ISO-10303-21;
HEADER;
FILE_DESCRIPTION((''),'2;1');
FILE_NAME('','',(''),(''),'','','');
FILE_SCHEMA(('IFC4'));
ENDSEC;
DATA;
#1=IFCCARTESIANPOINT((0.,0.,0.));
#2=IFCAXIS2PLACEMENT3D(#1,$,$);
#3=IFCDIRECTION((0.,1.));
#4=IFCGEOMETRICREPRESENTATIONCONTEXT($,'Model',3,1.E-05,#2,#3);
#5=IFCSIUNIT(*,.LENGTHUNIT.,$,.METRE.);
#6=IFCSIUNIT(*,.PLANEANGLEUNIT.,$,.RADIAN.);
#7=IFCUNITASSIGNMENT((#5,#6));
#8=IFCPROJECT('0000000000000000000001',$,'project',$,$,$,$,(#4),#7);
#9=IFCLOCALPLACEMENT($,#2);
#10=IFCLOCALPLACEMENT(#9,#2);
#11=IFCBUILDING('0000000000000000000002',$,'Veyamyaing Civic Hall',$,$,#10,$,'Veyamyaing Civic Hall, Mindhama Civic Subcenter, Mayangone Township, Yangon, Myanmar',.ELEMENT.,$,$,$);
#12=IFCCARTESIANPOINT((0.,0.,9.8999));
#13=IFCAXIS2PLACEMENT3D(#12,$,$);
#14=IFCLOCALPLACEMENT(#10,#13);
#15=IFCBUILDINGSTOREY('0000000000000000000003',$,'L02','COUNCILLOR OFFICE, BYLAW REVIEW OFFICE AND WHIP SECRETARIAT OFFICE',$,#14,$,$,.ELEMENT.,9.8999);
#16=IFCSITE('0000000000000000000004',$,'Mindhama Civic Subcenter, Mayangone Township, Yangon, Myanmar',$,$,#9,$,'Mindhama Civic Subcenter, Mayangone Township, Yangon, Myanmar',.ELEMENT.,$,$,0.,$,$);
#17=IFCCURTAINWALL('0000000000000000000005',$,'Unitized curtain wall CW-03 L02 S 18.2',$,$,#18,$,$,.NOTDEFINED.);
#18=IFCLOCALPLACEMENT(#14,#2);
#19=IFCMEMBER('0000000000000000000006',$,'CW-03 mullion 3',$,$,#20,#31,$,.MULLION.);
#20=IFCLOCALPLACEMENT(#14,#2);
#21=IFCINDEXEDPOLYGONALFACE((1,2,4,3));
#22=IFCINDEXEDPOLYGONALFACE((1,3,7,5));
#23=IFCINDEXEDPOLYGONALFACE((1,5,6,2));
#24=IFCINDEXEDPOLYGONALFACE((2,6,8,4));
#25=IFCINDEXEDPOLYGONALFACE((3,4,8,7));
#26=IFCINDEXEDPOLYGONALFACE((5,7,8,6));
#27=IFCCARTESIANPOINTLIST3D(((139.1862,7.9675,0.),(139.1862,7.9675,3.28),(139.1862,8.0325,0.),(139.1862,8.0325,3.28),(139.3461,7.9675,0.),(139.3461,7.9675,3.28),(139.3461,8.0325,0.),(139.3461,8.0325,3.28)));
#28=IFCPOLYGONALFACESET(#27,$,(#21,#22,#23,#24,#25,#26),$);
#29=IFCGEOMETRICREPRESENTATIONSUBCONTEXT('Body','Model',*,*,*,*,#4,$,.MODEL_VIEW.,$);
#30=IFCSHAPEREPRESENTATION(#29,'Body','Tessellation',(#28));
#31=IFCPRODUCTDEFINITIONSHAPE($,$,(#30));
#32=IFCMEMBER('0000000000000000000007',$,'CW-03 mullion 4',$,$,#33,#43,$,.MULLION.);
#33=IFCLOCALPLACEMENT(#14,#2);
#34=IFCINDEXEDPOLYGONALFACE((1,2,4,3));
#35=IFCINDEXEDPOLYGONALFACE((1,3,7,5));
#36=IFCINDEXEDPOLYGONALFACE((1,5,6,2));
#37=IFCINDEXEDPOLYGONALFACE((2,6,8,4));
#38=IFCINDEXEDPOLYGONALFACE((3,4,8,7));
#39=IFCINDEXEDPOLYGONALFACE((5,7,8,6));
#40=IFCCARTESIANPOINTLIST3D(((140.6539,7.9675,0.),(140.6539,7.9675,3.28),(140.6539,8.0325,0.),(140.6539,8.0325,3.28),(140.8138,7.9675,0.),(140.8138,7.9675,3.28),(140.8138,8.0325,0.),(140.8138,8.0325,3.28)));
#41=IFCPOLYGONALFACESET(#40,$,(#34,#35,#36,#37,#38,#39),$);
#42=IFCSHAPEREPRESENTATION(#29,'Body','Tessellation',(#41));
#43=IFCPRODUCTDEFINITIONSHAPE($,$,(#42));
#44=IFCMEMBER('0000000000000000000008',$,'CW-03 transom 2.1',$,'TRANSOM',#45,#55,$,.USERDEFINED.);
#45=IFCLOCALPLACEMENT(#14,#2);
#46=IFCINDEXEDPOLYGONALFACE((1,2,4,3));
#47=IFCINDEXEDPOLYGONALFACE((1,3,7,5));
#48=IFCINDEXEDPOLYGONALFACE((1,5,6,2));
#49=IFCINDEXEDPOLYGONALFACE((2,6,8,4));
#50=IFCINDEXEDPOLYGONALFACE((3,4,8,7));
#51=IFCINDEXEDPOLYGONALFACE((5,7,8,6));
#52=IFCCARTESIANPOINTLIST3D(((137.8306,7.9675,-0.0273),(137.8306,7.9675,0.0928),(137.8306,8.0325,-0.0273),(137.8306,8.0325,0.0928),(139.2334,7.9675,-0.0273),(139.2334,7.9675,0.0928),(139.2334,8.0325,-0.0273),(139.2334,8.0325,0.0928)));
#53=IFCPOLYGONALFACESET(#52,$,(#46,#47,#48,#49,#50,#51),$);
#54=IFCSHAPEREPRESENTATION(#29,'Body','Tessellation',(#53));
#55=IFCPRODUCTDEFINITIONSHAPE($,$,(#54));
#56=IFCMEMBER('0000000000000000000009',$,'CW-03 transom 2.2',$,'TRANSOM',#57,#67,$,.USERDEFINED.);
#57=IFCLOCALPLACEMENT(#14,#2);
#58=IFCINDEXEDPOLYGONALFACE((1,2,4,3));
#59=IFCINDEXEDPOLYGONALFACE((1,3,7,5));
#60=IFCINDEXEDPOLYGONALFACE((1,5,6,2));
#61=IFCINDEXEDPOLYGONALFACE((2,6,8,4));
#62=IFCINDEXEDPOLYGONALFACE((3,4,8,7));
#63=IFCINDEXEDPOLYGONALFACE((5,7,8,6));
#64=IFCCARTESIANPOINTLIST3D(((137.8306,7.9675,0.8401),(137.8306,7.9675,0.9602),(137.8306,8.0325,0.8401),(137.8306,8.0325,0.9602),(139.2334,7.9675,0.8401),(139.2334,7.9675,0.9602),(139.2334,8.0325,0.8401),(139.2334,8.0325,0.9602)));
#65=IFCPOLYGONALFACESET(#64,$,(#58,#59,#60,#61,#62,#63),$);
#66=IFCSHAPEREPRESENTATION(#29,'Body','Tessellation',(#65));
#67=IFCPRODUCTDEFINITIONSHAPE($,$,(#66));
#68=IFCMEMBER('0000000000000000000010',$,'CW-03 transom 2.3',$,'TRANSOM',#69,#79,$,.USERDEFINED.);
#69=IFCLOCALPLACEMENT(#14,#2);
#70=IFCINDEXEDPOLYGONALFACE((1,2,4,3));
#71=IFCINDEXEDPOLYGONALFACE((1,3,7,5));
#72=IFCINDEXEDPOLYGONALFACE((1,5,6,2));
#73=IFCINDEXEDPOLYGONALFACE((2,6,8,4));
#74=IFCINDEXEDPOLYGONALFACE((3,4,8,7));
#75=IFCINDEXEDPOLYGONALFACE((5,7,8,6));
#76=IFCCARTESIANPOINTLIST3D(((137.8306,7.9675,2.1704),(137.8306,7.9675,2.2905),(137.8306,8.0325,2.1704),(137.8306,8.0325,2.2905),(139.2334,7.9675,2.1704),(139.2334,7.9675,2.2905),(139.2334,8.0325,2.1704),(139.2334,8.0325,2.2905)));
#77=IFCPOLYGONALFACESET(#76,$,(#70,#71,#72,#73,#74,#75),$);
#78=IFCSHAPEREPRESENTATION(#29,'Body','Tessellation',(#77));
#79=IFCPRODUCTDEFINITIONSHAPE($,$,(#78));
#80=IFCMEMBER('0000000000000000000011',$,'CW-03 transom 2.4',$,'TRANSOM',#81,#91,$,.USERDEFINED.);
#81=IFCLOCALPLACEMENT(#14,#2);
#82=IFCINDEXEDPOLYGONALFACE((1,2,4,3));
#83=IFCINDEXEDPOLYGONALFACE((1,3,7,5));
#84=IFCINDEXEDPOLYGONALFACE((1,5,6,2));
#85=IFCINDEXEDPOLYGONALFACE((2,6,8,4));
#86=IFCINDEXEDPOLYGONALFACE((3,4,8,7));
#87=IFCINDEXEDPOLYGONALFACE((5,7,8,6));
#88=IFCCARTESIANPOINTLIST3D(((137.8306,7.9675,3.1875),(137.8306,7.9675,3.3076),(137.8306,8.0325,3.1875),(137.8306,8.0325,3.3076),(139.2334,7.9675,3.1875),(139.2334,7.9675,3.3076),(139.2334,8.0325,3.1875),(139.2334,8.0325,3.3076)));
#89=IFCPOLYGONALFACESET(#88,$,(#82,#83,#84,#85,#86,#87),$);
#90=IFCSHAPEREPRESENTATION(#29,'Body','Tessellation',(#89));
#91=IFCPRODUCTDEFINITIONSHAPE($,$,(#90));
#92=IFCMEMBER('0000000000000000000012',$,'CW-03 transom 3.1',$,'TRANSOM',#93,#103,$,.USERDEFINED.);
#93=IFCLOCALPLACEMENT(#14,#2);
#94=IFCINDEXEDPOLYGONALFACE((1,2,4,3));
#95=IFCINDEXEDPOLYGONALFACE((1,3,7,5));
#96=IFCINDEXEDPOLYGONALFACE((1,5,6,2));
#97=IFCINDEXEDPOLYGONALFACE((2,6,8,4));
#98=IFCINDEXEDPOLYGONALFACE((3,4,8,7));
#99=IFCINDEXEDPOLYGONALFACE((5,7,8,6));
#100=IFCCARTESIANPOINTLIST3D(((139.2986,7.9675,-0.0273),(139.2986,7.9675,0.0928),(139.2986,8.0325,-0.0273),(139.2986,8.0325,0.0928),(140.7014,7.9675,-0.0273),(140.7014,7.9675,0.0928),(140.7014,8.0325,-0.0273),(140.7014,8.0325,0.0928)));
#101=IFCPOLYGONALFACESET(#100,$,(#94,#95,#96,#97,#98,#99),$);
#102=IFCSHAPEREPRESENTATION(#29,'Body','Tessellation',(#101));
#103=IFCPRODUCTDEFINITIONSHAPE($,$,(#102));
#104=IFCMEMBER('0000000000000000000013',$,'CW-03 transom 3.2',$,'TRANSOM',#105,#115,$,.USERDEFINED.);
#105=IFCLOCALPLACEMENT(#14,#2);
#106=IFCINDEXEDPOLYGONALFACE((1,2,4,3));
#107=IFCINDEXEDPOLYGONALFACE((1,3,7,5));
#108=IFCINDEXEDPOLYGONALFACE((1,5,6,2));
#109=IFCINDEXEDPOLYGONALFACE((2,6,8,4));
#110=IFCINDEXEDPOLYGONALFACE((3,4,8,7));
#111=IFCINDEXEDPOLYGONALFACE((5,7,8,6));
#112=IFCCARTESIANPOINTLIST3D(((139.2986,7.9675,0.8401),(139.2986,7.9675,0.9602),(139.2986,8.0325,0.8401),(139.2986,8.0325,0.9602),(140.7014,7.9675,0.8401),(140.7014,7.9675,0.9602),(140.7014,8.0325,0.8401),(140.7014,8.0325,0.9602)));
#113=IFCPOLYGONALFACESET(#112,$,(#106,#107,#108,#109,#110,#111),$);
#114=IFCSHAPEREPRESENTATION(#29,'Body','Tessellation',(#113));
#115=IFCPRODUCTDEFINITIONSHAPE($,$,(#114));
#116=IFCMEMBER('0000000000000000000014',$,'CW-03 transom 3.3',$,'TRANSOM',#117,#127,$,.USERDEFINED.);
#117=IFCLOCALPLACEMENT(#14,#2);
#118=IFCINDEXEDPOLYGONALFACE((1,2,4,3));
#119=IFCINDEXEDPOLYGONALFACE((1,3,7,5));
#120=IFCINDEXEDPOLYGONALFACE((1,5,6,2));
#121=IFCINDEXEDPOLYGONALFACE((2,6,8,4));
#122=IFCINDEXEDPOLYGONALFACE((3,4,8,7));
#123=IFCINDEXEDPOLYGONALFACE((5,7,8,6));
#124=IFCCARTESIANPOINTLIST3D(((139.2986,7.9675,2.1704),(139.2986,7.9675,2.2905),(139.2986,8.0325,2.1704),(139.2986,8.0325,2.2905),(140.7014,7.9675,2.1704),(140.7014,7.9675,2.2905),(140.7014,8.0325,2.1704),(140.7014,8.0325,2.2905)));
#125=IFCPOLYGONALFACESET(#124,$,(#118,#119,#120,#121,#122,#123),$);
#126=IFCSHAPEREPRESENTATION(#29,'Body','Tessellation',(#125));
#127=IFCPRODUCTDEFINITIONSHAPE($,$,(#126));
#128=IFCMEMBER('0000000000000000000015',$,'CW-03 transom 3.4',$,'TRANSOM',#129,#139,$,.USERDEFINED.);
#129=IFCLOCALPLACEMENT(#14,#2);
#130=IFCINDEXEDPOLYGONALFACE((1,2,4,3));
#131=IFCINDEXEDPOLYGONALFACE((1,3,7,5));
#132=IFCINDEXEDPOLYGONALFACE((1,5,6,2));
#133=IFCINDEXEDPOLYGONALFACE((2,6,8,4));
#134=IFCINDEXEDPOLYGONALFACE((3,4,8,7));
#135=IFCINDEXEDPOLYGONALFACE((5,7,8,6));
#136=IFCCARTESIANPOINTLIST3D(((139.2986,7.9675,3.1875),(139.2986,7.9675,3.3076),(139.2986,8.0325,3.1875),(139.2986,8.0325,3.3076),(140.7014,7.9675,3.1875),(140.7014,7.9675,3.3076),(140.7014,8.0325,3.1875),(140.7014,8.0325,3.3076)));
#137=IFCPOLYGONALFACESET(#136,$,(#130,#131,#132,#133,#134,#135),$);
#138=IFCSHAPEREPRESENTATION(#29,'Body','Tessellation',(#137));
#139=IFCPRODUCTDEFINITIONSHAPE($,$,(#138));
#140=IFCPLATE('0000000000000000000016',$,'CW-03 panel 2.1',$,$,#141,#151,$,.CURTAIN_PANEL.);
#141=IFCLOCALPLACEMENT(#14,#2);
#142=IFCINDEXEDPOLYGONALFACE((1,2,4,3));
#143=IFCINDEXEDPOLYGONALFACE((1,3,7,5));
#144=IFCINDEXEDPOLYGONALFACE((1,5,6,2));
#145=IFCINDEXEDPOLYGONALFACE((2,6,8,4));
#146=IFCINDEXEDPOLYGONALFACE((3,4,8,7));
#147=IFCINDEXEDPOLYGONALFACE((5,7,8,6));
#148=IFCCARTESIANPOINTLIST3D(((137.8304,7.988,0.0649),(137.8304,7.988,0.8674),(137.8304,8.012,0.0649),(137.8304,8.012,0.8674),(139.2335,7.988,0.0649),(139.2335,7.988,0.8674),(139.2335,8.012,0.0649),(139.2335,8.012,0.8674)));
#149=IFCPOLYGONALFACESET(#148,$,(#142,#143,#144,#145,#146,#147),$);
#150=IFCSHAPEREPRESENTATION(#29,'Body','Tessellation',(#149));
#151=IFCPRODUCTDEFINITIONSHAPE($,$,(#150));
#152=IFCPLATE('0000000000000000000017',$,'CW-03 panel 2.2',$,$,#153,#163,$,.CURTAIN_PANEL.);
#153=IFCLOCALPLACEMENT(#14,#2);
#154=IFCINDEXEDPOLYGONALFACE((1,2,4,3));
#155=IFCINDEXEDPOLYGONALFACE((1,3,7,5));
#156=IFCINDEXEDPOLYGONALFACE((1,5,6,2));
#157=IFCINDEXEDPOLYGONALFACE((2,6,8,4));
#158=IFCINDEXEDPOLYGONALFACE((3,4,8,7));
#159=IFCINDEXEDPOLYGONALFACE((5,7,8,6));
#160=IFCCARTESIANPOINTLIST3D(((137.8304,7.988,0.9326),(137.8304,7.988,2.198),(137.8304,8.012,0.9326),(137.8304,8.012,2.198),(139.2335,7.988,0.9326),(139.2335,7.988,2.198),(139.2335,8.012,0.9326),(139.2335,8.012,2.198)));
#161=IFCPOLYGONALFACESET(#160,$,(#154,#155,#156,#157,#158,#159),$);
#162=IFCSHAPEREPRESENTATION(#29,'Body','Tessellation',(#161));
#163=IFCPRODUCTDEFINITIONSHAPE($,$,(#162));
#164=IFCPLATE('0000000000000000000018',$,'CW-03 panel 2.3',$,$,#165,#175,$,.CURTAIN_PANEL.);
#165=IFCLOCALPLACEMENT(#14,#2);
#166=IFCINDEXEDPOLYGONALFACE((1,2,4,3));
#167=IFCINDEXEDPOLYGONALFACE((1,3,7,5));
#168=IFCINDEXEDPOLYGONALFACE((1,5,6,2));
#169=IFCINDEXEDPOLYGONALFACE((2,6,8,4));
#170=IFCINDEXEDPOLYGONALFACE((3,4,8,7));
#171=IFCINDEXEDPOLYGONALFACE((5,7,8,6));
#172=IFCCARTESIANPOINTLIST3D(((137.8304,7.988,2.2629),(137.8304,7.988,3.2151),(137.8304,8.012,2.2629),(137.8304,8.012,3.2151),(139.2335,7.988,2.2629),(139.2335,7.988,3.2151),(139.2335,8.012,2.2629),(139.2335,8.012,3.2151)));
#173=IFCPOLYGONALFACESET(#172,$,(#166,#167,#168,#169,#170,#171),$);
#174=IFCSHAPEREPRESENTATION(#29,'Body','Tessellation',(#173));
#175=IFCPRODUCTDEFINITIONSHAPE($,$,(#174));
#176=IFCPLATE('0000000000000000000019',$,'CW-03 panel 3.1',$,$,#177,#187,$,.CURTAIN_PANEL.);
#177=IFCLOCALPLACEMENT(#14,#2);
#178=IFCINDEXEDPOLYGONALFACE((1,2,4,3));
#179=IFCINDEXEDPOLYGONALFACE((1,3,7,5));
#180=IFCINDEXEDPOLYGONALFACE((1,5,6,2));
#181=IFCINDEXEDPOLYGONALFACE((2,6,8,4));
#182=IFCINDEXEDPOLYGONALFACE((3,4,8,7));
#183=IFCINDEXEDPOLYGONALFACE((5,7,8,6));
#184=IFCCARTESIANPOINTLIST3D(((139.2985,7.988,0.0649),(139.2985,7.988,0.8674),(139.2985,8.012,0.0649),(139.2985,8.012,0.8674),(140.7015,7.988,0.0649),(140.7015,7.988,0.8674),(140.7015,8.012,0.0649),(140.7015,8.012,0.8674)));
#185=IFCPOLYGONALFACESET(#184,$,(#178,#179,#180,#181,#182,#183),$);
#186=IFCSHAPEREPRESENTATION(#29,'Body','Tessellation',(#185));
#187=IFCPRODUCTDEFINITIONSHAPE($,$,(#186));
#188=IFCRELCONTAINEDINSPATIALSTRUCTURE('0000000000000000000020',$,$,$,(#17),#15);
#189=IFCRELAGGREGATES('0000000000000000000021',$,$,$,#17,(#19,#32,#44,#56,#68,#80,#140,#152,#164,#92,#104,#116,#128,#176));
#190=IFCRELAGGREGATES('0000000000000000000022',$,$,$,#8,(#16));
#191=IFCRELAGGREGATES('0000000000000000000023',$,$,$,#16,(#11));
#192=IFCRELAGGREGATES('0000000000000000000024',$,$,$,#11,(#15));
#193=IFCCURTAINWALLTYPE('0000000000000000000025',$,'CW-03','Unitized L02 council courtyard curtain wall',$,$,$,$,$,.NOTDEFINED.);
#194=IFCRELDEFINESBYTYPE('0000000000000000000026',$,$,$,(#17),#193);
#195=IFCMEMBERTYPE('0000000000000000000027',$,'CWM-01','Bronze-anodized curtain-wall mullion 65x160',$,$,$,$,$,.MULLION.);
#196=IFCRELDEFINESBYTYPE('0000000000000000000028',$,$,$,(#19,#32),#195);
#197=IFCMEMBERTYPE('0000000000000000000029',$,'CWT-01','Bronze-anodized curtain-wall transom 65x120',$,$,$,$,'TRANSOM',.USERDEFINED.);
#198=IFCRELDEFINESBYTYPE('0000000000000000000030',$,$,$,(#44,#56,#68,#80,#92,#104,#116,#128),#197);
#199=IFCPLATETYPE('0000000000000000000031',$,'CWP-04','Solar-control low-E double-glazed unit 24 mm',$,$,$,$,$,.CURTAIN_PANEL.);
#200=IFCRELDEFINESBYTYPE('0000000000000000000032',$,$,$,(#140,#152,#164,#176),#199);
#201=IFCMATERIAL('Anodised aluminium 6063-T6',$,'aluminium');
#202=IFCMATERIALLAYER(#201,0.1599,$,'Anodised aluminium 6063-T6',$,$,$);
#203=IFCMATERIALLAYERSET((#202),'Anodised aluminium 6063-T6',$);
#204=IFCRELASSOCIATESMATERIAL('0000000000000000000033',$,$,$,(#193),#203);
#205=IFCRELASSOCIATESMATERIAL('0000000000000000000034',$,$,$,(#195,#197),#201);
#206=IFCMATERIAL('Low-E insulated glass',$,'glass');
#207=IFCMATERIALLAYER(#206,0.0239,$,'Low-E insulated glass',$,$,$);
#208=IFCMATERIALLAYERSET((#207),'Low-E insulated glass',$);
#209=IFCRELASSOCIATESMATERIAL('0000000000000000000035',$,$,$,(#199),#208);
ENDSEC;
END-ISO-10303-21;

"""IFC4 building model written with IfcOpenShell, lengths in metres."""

from ifc_helpers import new_model, si_unit, direction, frame, origin, origin_2d, place, context, subcontext, project, spatial, rectangle, extrude, material, layer, layer_set, material_profile, profile_set, type_object, element, aggregate, save


model = new_model("IFC4")

# Units and contexts
model_context = context("Model", 3, precision=1e-05, world=origin(), true_north=direction((0.0, 1.0)))
body_context = subcontext(model_context, "Body", "Model", "MODEL_VIEW")
ifc_project = project(units=[si_unit("LENGTHUNIT", "METRE"), si_unit("PLANEANGLEUNIT", "RADIAN")], contexts=[model_context])

# Site, building, storey
site_placement = place(None, origin())
site = spatial("IfcSite", under=ifc_project, at=site_placement, Name="Mindhama Civic Subcenter, Mayangone Township, Yangon, Myanmar", LongName="Mindhama Civic Subcenter, Mayangone Township, Yangon, Myanmar", CompositionType="ELEMENT", RefElevation=0.0)
building_placement = place(site_placement, origin())
building = spatial("IfcBuilding", under=site, at=building_placement, Name="Veyamyaing Civic Hall", LongName="Veyamyaing Civic Hall, Mindhama Civic Subcenter, Mayangone Township, Yangon, Myanmar", CompositionType="ELEMENT")
storey_placement = place(building_placement, frame((0.0, 0.0, 9.8999)))
storey = spatial("IfcBuildingStorey", under=building, at=storey_placement, Name="L02", Description="COUNCILLOR OFFICE, BYLAW REVIEW OFFICE AND WHIP SECRETARIAT OFFICE", CompositionType="ELEMENT", Elevation=9.8999)

# Curtain wall, members, plates
ifc_material_1 = material(Name="Anodised aluminium 6063-T6", Category="aluminium")
ifc_layer_1 = layer(ifc_material_1, 0.1599, Name="Anodised aluminium 6063-T6")
ifc_layer_set_1 = layer_set([ifc_layer_1], Name="Anodised aluminium 6063-T6")
curtain_wall_type = type_object("IfcCurtainWallType", Name="CW-03", Description="Unitized L02 council courtyard curtain wall", PredefinedType="NOTDEFINED", material=ifc_layer_set_1)
curtain_wall_placement = place(storey_placement, origin())
curtain_wall = element("IfcCurtainWall", 1, at=curtain_wall_placement, inside=storey, type_object=curtain_wall_type, Name="Unitized curtain wall CW-03 L02 S 18.2", PredefinedType="NOTDEFINED")
ifc_material_profile_1 = material_profile(ifc_material_1, rectangle(XDim=0.0649, YDim=0.1599, at=origin_2d()), Name="ALU-MUL-65X160")
ifc_profile_set_1 = profile_set([ifc_material_profile_1], Name="Anodised aluminium 6063-T6")
member_type_1 = type_object("IfcMemberType", Name="CWM-01", Description="Bronze-anodized curtain-wall mullion 65x160", PredefinedType="MULLION", material=ifc_profile_set_1)
member_1_placement = place(storey_placement, frame((139.2661, 8.0, 0.0), z_axis=(0.0, 0.0, 1.0), x_axis=(0.0, 1.0, 0.0)))
member_1 = element("IfcMember", 2, at=member_1_placement, type_object=member_type_1, Name="CW-03 mullion 3", PredefinedType="MULLION", context=body_context, shape_type="SweptSolid", body=[
    extrude(rectangle(XDim=0.0649, YDim=0.1599, at=origin_2d()), origin(), (0.0, 0.0, 1.0), 3.28),
])
member_2_placement = place(storey_placement, frame((140.7339, 8.0, 0.0), z_axis=(0.0, 0.0, 1.0), x_axis=(0.0, 1.0, 0.0)))
member_2 = element("IfcMember", 3, at=member_2_placement, type_object=member_type_1, Name="CW-03 mullion 4", PredefinedType="MULLION", context=body_context, shape_type="SweptSolid", body=[
    extrude(rectangle(XDim=0.0649, YDim=0.1599, at=origin_2d()), origin(), (0.0, 0.0, 1.0), 3.28),
])
ifc_material_profile_2 = material_profile(ifc_material_1, rectangle(XDim=0.0649, YDim=0.1201, at=origin_2d()), Name="ALU-TRN-65X120")
ifc_profile_set_2 = profile_set([ifc_material_profile_2], Name="Anodised aluminium 6063-T6")
member_type_2 = type_object("IfcMemberType", Name="CWT-01", Description="Bronze-anodized curtain-wall transom 65x120", ElementType="TRANSOM", PredefinedType="USERDEFINED", material=ifc_profile_set_2)
member_3_placement = place(storey_placement, frame((137.8306, 8.0, 0.0327), z_axis=(1.0, 0.0, 0.0), x_axis=(0.0, 1.0, 0.0)))
member_3 = element("IfcMember", 4, at=member_3_placement, type_object=member_type_2, Name="CW-03 transom 2.1", ObjectType="TRANSOM", PredefinedType="USERDEFINED", context=body_context, shape_type="SweptSolid", body=[
    extrude(rectangle(XDim=0.0649, YDim=0.1201, at=origin_2d()), origin(), (0.0, 0.0, 1.0), 1.4028),
])
member_4_placement = place(storey_placement, frame((137.8306, 8.0, 0.9001), z_axis=(1.0, 0.0, 0.0), x_axis=(0.0, 1.0, 0.0)))
member_4 = element("IfcMember", 5, at=member_4_placement, type_object=member_type_2, Name="CW-03 transom 2.2", ObjectType="TRANSOM", PredefinedType="USERDEFINED", context=body_context, shape_type="SweptSolid", body=[
    extrude(rectangle(XDim=0.0649, YDim=0.1201, at=origin_2d()), origin(), (0.0, 0.0, 1.0), 1.4028),
])
member_5_placement = place(storey_placement, frame((137.8306, 8.0, 2.2305), z_axis=(1.0, 0.0, 0.0), x_axis=(0.0, 1.0, 0.0)))
member_5 = element("IfcMember", 6, at=member_5_placement, type_object=member_type_2, Name="CW-03 transom 2.3", ObjectType="TRANSOM", PredefinedType="USERDEFINED", context=body_context, shape_type="SweptSolid", body=[
    extrude(rectangle(XDim=0.0649, YDim=0.1201, at=origin_2d()), origin(), (0.0, 0.0, 1.0), 1.4028),
])
member_6_placement = place(storey_placement, frame((137.8306, 8.0, 3.2476), z_axis=(1.0, 0.0, 0.0), x_axis=(0.0, 1.0, 0.0)))
member_6 = element("IfcMember", 7, at=member_6_placement, type_object=member_type_2, Name="CW-03 transom 2.4", ObjectType="TRANSOM", PredefinedType="USERDEFINED", context=body_context, shape_type="SweptSolid", body=[
    extrude(rectangle(XDim=0.0649, YDim=0.1201, at=origin_2d()), origin(), (0.0, 0.0, 1.0), 1.4028),
])
member_7_placement = place(storey_placement, frame((139.2986, 8.0, 0.0327), z_axis=(1.0, 0.0, 0.0), x_axis=(0.0, 1.0, 0.0)))
member_7 = element("IfcMember", 8, at=member_7_placement, type_object=member_type_2, Name="CW-03 transom 3.1", ObjectType="TRANSOM", PredefinedType="USERDEFINED", context=body_context, shape_type="SweptSolid", body=[
    extrude(rectangle(XDim=0.0649, YDim=0.1201, at=origin_2d()), origin(), (0.0, 0.0, 1.0), 1.4028),
])
member_8_placement = place(storey_placement, frame((139.2986, 8.0, 0.9001), z_axis=(1.0, 0.0, 0.0), x_axis=(0.0, 1.0, 0.0)))
member_8 = element("IfcMember", 9, at=member_8_placement, type_object=member_type_2, Name="CW-03 transom 3.2", ObjectType="TRANSOM", PredefinedType="USERDEFINED", context=body_context, shape_type="SweptSolid", body=[
    extrude(rectangle(XDim=0.0649, YDim=0.1201, at=origin_2d()), origin(), (0.0, 0.0, 1.0), 1.4028),
])
member_9_placement = place(storey_placement, frame((139.2986, 8.0, 2.2305), z_axis=(1.0, 0.0, 0.0), x_axis=(0.0, 1.0, 0.0)))
member_9 = element("IfcMember", 10, at=member_9_placement, type_object=member_type_2, Name="CW-03 transom 3.3", ObjectType="TRANSOM", PredefinedType="USERDEFINED", context=body_context, shape_type="SweptSolid", body=[
    extrude(rectangle(XDim=0.0649, YDim=0.1201, at=origin_2d()), origin(), (0.0, 0.0, 1.0), 1.4028),
])
member_10_placement = place(storey_placement, frame((139.2986, 8.0, 3.2476), z_axis=(1.0, 0.0, 0.0), x_axis=(0.0, 1.0, 0.0)))
member_10 = element("IfcMember", 11, at=member_10_placement, type_object=member_type_2, Name="CW-03 transom 3.4", ObjectType="TRANSOM", PredefinedType="USERDEFINED", context=body_context, shape_type="SweptSolid", body=[
    extrude(rectangle(XDim=0.0649, YDim=0.1201, at=origin_2d()), origin(), (0.0, 0.0, 1.0), 1.4028),
])
ifc_material_2 = material(Name="Low-E insulated glass", Category="glass")
ifc_layer_2 = layer(ifc_material_2, 0.0239, Name="Low-E insulated glass")
ifc_layer_set_2 = layer_set([ifc_layer_2], Name="Low-E insulated glass")
plate_type = type_object("IfcPlateType", Name="CWP-04", Description="Solar-control low-E double-glazed unit 24 mm", PredefinedType="CURTAIN_PANEL", material=ifc_layer_set_2)
plate_1_placement = place(storey_placement, frame((138.532, 8.0, 0.0649), z_axis=(0.0, 0.0, 1.0), x_axis=(1.0, 0.0, 0.0)))
plate_1 = element("IfcPlate", 12, at=plate_1_placement, type_object=plate_type, Name="CW-03 panel 2.1", PredefinedType="CURTAIN_PANEL", context=body_context, shape_type="SweptSolid", body=[
    extrude(rectangle(XDim=1.4031, YDim=0.0239, at=origin_2d()), origin(), (0.0, 0.0, 1.0), 0.8025),
])
plate_2_placement = place(storey_placement, frame((138.532, 8.0, 0.9326), z_axis=(0.0, 0.0, 1.0), x_axis=(1.0, 0.0, 0.0)))
plate_2 = element("IfcPlate", 13, at=plate_2_placement, type_object=plate_type, Name="CW-03 panel 2.2", PredefinedType="CURTAIN_PANEL", context=body_context, shape_type="SweptSolid", body=[
    extrude(rectangle(XDim=1.4031, YDim=0.0239, at=origin_2d()), origin(), (0.0, 0.0, 1.0), 1.2654),
])
plate_3_placement = place(storey_placement, frame((138.532, 8.0, 2.2629), z_axis=(0.0, 0.0, 1.0), x_axis=(1.0, 0.0, 0.0)))
plate_3 = element("IfcPlate", 14, at=plate_3_placement, type_object=plate_type, Name="CW-03 panel 2.3", PredefinedType="CURTAIN_PANEL", context=body_context, shape_type="SweptSolid", body=[
    extrude(rectangle(XDim=1.4031, YDim=0.0239, at=origin_2d()), origin(), (0.0, 0.0, 1.0), 0.9521),
])
plate_4_placement = place(storey_placement, frame((140.0, 8.0, 0.0649), z_axis=(0.0, 0.0, 1.0), x_axis=(1.0, 0.0, 0.0)))
plate_4 = element("IfcPlate", 15, at=plate_4_placement, type_object=plate_type, Name="CW-03 panel 3.1", PredefinedType="CURTAIN_PANEL", context=body_context, shape_type="SweptSolid", body=[
    extrude(rectangle(XDim=1.4031, YDim=0.0239, at=origin_2d()), origin(), (0.0, 0.0, 1.0), 0.8025),
])
aggregate(curtain_wall, [member_1, member_2, member_3, member_4, member_5, member_6, plate_1, plate_2, plate_3, member_7, member_8, member_9, member_10, plate_4])

save(model, "model.ifc")
